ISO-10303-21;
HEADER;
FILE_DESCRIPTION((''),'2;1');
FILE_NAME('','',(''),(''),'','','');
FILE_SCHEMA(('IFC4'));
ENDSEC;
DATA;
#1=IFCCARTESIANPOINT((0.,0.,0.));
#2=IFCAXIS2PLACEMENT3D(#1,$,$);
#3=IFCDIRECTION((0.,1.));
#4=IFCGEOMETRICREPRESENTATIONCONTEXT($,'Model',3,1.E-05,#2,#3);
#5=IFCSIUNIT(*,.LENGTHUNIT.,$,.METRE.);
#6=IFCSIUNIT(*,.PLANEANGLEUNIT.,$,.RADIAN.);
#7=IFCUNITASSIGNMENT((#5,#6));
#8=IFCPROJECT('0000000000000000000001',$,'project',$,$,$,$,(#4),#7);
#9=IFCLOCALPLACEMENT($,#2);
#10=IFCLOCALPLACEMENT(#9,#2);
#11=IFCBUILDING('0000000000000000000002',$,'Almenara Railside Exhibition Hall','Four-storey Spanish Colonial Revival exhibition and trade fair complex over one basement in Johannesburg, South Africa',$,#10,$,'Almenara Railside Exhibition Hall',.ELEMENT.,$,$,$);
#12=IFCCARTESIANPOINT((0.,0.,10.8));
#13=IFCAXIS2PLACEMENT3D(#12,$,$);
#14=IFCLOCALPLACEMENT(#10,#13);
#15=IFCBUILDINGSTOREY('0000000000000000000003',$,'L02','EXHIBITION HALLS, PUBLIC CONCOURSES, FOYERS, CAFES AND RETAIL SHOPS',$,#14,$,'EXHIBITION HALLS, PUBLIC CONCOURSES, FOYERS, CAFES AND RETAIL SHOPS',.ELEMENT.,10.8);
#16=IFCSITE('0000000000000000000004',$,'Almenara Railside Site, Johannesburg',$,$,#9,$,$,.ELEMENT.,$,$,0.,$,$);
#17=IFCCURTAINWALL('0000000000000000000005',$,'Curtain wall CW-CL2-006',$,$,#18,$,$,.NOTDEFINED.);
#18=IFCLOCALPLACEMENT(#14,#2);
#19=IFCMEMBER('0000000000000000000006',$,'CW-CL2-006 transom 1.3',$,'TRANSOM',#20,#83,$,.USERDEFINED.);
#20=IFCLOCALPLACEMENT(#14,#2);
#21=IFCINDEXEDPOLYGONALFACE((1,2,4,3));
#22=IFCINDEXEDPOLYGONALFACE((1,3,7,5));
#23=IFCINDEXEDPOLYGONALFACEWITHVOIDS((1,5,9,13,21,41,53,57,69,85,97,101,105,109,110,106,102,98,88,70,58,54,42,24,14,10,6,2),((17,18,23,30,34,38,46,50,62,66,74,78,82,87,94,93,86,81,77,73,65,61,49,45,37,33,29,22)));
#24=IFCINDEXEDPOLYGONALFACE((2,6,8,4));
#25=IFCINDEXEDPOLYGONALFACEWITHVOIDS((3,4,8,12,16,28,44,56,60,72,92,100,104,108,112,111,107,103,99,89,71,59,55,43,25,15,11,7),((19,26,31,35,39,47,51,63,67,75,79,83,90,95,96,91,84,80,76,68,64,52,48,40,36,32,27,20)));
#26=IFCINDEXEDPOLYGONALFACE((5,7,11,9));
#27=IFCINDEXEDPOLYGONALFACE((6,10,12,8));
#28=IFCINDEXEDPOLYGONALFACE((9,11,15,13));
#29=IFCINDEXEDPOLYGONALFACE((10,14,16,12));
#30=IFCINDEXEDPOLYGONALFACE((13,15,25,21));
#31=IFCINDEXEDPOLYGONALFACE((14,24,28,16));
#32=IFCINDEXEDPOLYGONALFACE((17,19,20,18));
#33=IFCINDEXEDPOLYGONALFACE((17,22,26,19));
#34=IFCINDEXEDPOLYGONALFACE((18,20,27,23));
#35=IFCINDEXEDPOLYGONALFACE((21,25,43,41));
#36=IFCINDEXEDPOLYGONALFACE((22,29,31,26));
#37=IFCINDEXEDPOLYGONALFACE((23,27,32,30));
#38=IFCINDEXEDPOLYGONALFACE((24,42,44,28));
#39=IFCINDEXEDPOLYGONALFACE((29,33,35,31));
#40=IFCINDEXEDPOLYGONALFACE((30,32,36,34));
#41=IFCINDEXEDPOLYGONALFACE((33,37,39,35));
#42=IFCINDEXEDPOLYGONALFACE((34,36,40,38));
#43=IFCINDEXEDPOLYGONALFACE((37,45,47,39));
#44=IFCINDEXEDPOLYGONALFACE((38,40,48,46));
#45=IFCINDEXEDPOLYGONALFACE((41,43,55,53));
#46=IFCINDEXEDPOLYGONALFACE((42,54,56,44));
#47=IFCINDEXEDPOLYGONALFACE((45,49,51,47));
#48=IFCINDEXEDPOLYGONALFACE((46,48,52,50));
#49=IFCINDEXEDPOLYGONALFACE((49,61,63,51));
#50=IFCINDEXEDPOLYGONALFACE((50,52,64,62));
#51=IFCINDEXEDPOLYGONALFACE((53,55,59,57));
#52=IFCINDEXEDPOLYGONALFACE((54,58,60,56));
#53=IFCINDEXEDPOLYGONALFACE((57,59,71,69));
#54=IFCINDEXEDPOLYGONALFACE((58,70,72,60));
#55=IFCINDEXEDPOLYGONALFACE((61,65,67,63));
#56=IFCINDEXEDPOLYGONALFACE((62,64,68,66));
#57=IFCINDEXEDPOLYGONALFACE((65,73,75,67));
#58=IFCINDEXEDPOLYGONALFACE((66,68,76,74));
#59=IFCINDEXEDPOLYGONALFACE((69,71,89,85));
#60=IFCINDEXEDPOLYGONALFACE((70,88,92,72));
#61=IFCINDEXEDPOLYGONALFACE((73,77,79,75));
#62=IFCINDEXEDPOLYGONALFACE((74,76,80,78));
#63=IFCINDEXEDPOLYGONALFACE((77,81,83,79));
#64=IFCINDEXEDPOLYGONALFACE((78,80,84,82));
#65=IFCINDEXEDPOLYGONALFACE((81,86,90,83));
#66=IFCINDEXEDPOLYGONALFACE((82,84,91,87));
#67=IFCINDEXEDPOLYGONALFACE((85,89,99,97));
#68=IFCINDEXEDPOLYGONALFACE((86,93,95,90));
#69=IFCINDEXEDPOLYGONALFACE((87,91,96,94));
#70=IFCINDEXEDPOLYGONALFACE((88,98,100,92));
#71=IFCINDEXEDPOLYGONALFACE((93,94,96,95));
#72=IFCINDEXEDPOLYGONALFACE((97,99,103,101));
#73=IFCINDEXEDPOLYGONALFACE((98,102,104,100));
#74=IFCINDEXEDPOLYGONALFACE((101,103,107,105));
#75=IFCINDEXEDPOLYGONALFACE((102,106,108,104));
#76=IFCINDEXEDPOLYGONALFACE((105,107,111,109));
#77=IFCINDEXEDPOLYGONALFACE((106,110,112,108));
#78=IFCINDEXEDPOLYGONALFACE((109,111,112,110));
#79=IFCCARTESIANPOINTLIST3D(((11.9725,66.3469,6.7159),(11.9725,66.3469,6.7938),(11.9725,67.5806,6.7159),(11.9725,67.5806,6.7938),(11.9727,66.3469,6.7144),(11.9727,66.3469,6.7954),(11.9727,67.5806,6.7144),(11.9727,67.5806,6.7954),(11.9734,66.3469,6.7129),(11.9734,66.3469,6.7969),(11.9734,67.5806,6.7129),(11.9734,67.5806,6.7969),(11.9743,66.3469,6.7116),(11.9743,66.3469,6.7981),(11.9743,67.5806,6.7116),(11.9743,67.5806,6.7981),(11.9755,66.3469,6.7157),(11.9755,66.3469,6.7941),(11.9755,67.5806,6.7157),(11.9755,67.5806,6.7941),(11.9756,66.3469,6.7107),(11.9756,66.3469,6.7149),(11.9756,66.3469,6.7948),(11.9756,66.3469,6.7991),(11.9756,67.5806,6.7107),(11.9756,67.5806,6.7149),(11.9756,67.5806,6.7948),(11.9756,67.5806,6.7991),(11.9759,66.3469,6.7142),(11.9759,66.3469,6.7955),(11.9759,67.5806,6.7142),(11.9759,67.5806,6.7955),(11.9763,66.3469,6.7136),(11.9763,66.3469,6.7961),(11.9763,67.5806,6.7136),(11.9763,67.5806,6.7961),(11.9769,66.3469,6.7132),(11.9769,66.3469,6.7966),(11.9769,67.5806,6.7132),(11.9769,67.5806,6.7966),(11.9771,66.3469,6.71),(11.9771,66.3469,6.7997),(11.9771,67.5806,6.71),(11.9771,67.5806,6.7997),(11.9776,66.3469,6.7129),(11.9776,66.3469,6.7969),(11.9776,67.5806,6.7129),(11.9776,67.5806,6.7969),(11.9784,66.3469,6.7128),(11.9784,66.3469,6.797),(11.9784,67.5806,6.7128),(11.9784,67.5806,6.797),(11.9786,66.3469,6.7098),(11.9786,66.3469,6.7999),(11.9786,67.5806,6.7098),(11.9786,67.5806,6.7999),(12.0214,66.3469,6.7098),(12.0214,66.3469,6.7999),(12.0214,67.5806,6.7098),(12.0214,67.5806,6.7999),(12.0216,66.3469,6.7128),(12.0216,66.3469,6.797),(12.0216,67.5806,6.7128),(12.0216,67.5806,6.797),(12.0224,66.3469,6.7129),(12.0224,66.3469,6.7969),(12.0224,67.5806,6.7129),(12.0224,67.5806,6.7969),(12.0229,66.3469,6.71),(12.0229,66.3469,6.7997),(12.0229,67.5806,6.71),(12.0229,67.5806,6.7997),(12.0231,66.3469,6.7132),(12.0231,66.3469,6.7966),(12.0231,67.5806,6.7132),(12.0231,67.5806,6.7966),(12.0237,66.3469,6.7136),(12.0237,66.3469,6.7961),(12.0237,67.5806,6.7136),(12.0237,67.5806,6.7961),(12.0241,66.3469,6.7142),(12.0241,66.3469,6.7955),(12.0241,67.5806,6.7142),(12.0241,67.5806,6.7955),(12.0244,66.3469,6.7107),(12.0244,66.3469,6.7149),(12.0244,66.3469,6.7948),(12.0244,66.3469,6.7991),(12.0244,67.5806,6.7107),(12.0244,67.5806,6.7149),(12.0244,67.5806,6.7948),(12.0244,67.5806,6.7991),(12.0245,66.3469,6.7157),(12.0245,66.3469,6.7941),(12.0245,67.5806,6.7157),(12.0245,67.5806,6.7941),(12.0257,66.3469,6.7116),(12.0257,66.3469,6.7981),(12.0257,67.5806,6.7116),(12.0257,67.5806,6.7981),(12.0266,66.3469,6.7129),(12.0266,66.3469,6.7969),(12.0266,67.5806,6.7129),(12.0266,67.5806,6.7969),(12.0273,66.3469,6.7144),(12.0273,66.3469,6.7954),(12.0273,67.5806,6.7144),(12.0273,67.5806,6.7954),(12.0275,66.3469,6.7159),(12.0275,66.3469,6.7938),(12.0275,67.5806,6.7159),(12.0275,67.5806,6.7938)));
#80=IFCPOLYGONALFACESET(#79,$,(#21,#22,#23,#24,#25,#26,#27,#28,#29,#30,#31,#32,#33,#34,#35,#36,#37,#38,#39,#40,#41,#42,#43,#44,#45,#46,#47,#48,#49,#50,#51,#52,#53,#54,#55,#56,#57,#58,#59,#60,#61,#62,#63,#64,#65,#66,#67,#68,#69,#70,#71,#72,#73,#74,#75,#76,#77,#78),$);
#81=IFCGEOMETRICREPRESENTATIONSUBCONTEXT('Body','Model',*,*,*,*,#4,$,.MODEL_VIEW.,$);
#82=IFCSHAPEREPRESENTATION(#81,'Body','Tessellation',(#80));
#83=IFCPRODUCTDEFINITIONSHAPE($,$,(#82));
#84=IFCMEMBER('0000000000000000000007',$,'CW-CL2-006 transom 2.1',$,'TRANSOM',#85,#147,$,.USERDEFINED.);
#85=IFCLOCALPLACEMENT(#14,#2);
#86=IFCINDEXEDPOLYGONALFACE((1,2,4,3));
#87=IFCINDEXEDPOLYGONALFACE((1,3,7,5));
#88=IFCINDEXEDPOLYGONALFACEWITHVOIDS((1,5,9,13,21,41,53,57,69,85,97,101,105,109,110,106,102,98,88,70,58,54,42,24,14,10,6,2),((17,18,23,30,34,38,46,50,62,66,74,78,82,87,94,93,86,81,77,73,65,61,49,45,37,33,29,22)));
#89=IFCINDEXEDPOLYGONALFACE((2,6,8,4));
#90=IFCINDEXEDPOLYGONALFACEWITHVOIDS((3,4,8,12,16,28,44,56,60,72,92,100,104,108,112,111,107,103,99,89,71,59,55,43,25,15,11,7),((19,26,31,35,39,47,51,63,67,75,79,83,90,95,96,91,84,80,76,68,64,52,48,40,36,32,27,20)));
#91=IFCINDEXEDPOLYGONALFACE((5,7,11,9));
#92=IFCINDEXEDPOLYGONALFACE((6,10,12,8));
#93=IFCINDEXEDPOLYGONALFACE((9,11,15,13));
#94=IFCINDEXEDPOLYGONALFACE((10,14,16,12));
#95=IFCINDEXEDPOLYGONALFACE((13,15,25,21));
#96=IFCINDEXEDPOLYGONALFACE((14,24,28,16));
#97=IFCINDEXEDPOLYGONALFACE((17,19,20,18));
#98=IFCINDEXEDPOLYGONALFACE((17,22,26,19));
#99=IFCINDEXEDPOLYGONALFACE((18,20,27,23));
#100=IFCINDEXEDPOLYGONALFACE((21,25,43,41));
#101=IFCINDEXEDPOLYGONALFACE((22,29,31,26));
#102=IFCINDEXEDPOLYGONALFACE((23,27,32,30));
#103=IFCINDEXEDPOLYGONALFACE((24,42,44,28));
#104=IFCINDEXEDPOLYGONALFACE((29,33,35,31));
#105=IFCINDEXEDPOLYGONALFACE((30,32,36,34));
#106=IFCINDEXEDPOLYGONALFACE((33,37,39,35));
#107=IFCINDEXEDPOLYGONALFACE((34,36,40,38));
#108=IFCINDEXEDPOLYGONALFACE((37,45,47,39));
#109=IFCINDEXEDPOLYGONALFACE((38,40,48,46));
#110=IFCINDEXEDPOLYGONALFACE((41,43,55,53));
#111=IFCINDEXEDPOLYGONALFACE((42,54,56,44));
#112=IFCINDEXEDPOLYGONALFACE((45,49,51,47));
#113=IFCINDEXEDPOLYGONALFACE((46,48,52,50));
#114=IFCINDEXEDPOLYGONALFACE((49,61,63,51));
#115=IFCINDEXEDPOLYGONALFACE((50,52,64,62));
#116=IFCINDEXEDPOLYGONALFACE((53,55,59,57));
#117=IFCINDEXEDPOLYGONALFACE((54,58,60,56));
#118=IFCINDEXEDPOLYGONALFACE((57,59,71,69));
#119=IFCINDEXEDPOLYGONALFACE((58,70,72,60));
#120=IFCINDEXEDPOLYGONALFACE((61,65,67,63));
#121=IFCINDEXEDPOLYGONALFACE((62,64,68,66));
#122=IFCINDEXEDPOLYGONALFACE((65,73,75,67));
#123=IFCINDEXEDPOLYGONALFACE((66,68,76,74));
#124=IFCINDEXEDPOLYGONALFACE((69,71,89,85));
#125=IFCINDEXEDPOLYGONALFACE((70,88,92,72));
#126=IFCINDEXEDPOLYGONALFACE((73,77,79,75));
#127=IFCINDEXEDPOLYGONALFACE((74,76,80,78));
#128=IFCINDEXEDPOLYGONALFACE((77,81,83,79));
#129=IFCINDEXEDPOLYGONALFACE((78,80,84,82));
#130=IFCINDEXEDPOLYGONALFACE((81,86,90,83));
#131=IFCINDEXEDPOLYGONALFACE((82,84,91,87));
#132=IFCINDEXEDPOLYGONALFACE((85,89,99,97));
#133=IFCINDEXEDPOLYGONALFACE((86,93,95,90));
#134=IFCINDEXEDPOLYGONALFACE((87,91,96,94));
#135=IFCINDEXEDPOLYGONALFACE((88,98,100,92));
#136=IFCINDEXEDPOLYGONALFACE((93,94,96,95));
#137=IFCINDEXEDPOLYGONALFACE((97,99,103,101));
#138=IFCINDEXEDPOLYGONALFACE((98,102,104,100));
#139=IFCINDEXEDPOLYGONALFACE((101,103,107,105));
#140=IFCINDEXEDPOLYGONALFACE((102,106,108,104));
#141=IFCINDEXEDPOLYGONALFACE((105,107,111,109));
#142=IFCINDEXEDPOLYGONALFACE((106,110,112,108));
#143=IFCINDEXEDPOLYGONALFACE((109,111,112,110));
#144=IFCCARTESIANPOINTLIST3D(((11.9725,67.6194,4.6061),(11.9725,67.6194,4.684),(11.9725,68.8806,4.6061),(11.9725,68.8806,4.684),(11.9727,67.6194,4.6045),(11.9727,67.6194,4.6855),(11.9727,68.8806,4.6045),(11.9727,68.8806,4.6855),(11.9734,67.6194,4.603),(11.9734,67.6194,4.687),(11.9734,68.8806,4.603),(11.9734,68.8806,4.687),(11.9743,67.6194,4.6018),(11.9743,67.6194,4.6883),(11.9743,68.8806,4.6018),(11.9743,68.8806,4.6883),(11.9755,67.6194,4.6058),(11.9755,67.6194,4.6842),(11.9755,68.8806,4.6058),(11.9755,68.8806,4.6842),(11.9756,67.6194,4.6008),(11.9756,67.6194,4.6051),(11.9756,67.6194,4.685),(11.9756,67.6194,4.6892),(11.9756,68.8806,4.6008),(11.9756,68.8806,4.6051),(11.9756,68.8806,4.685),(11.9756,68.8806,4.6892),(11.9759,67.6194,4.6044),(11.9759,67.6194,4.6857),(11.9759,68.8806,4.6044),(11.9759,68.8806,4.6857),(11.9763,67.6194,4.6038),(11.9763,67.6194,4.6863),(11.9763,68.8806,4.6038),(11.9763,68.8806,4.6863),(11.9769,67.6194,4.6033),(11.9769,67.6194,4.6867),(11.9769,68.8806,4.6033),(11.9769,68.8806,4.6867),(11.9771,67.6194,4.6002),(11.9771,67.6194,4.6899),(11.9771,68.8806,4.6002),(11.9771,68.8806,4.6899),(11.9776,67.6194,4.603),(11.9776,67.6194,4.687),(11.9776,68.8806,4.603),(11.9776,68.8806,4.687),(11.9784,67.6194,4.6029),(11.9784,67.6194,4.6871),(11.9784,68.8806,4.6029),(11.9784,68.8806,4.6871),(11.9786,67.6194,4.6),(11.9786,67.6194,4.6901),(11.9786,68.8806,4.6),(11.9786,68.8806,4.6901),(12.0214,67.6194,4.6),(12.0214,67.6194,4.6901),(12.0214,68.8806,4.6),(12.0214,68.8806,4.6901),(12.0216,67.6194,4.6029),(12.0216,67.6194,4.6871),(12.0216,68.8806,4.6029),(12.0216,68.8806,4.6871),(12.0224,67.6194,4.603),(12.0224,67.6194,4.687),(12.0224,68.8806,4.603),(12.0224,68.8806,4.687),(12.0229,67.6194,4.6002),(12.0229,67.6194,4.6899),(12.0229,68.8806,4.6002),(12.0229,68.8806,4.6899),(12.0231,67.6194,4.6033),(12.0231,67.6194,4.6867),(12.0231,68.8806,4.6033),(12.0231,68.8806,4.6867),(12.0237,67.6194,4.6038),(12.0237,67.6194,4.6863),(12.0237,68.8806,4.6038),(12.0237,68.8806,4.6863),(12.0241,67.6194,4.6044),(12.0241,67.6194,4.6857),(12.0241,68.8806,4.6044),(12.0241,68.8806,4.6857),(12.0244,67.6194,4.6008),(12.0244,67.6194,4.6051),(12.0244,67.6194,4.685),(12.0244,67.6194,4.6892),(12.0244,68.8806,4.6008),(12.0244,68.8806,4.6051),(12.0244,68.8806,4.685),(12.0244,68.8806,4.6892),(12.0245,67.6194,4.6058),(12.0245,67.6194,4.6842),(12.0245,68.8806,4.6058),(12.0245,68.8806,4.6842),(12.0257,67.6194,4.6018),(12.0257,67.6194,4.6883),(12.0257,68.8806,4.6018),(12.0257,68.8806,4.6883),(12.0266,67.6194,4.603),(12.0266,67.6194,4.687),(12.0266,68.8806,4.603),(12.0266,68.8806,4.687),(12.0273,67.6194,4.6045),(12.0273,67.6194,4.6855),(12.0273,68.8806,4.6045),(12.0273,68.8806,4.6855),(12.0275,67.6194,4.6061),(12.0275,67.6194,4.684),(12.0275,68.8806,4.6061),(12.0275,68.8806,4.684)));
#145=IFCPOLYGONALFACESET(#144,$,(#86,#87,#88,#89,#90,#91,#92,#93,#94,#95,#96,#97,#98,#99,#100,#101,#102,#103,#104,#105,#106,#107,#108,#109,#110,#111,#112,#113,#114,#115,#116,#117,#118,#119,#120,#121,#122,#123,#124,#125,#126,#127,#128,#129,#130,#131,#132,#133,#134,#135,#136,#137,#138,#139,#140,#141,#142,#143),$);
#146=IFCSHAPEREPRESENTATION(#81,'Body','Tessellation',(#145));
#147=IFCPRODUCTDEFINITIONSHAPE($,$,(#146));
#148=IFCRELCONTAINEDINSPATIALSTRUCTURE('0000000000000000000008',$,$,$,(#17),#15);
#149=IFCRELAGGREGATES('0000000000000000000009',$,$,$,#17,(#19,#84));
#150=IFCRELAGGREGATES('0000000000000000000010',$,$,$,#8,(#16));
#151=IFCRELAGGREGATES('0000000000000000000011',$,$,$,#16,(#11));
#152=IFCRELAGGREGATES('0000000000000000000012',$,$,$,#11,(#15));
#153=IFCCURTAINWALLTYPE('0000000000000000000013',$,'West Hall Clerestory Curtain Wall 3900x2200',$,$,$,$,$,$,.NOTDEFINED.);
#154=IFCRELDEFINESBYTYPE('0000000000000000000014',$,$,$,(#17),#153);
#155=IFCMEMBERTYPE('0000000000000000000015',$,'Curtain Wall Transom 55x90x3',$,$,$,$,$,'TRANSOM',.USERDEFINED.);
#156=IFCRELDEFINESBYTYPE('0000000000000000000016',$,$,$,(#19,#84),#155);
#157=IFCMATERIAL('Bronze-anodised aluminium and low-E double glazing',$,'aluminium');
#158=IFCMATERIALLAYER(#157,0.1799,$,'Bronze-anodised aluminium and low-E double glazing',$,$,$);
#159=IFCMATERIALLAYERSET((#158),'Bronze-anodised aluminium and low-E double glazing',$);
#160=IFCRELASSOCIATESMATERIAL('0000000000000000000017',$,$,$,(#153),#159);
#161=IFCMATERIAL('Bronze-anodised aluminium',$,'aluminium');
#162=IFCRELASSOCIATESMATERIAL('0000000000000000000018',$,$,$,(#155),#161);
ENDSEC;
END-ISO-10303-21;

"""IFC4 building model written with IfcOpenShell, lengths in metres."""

from ifc_helpers import new_model, si_unit, direction, frame, origin, origin_2d, place, context, subcontext, project, spatial, hollow_rectangle, extrude, material, layer, layer_set, material_profile, profile_set, type_object, element, aggregate, save


model = new_model("IFC4")

# Units and contexts
model_context = context("Model", 3, precision=1e-05, world=origin(), true_north=direction((0.0, 1.0)))
body_context = subcontext(model_context, "Body", "Model", "MODEL_VIEW")
ifc_project = project(units=[si_unit("LENGTHUNIT", "METRE"), si_unit("PLANEANGLEUNIT", "RADIAN")], contexts=[model_context])

# Site, building, storey
site_placement = place(None, origin())
site = spatial("IfcSite", under=ifc_project, at=site_placement, Name="Almenara Railside Site, Johannesburg", CompositionType="ELEMENT", RefElevation=0.0)
building_placement = place(site_placement, origin())
building = spatial("IfcBuilding", under=site, at=building_placement, Name="Almenara Railside Exhibition Hall", Description="Four-storey Spanish Colonial Revival exhibition and trade fair complex over one basement in Johannesburg, South Africa", LongName="Almenara Railside Exhibition Hall", CompositionType="ELEMENT")
storey_placement = place(building_placement, frame((0.0, 0.0, 10.8)))
storey = spatial("IfcBuildingStorey", under=building, at=storey_placement, Name="L02", Description="EXHIBITION HALLS, PUBLIC CONCOURSES, FOYERS, CAFES AND RETAIL SHOPS", LongName="EXHIBITION HALLS, PUBLIC CONCOURSES, FOYERS, CAFES AND RETAIL SHOPS", CompositionType="ELEMENT", Elevation=10.8)

# Curtain wall
ifc_material_1 = material(Name="Bronze-anodised aluminium and low-E double glazing", Category="aluminium")
ifc_layer_1 = layer(ifc_material_1, 0.1799, Name="Bronze-anodised aluminium and low-E double glazing")
ifc_layer_set_1 = layer_set([ifc_layer_1], Name="Bronze-anodised aluminium and low-E double glazing")
curtain_wall_type = type_object("IfcCurtainWallType", Name="West Hall Clerestory Curtain Wall 3900x2200", PredefinedType="NOTDEFINED", material=ifc_layer_set_1)
curtain_wall_1_placement = place(storey_placement, origin())
curtain_wall_1 = element("IfcCurtainWall", 1, at=curtain_wall_1_placement, inside=storey, type_object=curtain_wall_type, Name="Curtain wall CW-CL2-006", PredefinedType="NOTDEFINED")
ifc_material_2 = material(Name="Bronze-anodised aluminium", Category="aluminium")

# Members
ifc_material_profile_1 = material_profile(ifc_material_2, hollow_rectangle(XDim=0.0549, YDim=0.0901, WallThickness=0.0029, InnerFilletRadius=0.0029, OuterFilletRadius=0.0061, at=origin_2d()), Name="ALU-TRN 55x90x3")
ifc_profile_set_1 = profile_set([ifc_material_profile_1], Name="Bronze-anodised aluminium")
member_type_1 = type_object("IfcMemberType", Name="Curtain Wall Transom 55x90x3", ElementType="TRANSOM", PredefinedType="USERDEFINED", material=ifc_profile_set_1)
member_1_placement = place(storey_placement, frame((12.0, 66.3469, 6.7549), z_axis=(0.0, 1.0, 0.0), x_axis=(-1.0, 0.0, 0.0)))
member_1 = element("IfcMember", 2, at=member_1_placement, type_object=member_type_1, Name="CW-CL2-006 transom 1.3", ObjectType="TRANSOM", PredefinedType="USERDEFINED", context=body_context, shape_type="SweptSolid", body=[
    extrude(hollow_rectangle(XDim=0.0549, YDim=0.0901, WallThickness=0.0029, InnerFilletRadius=0.0029, OuterFilletRadius=0.0061, at=origin_2d()), origin(), (0.0, 0.0, 1.0), 1.2336),
])
member_2_placement = place(storey_placement, frame((12.0, 67.6194, 4.645), z_axis=(0.0, 1.0, 0.0), x_axis=(-1.0, 0.0, 0.0)))
member_2 = element("IfcMember", 3, at=member_2_placement, type_object=member_type_1, Name="CW-CL2-006 transom 2.1", ObjectType="TRANSOM", PredefinedType="USERDEFINED", context=body_context, shape_type="SweptSolid", body=[
    extrude(hollow_rectangle(XDim=0.0549, YDim=0.0901, WallThickness=0.0029, InnerFilletRadius=0.0029, OuterFilletRadius=0.0061, at=origin_2d()), origin(), (0.0, 0.0, 1.0), 1.2612),
])

aggregate(curtain_wall_1, [member_1, member_2])

save(model, "model.ifc")
